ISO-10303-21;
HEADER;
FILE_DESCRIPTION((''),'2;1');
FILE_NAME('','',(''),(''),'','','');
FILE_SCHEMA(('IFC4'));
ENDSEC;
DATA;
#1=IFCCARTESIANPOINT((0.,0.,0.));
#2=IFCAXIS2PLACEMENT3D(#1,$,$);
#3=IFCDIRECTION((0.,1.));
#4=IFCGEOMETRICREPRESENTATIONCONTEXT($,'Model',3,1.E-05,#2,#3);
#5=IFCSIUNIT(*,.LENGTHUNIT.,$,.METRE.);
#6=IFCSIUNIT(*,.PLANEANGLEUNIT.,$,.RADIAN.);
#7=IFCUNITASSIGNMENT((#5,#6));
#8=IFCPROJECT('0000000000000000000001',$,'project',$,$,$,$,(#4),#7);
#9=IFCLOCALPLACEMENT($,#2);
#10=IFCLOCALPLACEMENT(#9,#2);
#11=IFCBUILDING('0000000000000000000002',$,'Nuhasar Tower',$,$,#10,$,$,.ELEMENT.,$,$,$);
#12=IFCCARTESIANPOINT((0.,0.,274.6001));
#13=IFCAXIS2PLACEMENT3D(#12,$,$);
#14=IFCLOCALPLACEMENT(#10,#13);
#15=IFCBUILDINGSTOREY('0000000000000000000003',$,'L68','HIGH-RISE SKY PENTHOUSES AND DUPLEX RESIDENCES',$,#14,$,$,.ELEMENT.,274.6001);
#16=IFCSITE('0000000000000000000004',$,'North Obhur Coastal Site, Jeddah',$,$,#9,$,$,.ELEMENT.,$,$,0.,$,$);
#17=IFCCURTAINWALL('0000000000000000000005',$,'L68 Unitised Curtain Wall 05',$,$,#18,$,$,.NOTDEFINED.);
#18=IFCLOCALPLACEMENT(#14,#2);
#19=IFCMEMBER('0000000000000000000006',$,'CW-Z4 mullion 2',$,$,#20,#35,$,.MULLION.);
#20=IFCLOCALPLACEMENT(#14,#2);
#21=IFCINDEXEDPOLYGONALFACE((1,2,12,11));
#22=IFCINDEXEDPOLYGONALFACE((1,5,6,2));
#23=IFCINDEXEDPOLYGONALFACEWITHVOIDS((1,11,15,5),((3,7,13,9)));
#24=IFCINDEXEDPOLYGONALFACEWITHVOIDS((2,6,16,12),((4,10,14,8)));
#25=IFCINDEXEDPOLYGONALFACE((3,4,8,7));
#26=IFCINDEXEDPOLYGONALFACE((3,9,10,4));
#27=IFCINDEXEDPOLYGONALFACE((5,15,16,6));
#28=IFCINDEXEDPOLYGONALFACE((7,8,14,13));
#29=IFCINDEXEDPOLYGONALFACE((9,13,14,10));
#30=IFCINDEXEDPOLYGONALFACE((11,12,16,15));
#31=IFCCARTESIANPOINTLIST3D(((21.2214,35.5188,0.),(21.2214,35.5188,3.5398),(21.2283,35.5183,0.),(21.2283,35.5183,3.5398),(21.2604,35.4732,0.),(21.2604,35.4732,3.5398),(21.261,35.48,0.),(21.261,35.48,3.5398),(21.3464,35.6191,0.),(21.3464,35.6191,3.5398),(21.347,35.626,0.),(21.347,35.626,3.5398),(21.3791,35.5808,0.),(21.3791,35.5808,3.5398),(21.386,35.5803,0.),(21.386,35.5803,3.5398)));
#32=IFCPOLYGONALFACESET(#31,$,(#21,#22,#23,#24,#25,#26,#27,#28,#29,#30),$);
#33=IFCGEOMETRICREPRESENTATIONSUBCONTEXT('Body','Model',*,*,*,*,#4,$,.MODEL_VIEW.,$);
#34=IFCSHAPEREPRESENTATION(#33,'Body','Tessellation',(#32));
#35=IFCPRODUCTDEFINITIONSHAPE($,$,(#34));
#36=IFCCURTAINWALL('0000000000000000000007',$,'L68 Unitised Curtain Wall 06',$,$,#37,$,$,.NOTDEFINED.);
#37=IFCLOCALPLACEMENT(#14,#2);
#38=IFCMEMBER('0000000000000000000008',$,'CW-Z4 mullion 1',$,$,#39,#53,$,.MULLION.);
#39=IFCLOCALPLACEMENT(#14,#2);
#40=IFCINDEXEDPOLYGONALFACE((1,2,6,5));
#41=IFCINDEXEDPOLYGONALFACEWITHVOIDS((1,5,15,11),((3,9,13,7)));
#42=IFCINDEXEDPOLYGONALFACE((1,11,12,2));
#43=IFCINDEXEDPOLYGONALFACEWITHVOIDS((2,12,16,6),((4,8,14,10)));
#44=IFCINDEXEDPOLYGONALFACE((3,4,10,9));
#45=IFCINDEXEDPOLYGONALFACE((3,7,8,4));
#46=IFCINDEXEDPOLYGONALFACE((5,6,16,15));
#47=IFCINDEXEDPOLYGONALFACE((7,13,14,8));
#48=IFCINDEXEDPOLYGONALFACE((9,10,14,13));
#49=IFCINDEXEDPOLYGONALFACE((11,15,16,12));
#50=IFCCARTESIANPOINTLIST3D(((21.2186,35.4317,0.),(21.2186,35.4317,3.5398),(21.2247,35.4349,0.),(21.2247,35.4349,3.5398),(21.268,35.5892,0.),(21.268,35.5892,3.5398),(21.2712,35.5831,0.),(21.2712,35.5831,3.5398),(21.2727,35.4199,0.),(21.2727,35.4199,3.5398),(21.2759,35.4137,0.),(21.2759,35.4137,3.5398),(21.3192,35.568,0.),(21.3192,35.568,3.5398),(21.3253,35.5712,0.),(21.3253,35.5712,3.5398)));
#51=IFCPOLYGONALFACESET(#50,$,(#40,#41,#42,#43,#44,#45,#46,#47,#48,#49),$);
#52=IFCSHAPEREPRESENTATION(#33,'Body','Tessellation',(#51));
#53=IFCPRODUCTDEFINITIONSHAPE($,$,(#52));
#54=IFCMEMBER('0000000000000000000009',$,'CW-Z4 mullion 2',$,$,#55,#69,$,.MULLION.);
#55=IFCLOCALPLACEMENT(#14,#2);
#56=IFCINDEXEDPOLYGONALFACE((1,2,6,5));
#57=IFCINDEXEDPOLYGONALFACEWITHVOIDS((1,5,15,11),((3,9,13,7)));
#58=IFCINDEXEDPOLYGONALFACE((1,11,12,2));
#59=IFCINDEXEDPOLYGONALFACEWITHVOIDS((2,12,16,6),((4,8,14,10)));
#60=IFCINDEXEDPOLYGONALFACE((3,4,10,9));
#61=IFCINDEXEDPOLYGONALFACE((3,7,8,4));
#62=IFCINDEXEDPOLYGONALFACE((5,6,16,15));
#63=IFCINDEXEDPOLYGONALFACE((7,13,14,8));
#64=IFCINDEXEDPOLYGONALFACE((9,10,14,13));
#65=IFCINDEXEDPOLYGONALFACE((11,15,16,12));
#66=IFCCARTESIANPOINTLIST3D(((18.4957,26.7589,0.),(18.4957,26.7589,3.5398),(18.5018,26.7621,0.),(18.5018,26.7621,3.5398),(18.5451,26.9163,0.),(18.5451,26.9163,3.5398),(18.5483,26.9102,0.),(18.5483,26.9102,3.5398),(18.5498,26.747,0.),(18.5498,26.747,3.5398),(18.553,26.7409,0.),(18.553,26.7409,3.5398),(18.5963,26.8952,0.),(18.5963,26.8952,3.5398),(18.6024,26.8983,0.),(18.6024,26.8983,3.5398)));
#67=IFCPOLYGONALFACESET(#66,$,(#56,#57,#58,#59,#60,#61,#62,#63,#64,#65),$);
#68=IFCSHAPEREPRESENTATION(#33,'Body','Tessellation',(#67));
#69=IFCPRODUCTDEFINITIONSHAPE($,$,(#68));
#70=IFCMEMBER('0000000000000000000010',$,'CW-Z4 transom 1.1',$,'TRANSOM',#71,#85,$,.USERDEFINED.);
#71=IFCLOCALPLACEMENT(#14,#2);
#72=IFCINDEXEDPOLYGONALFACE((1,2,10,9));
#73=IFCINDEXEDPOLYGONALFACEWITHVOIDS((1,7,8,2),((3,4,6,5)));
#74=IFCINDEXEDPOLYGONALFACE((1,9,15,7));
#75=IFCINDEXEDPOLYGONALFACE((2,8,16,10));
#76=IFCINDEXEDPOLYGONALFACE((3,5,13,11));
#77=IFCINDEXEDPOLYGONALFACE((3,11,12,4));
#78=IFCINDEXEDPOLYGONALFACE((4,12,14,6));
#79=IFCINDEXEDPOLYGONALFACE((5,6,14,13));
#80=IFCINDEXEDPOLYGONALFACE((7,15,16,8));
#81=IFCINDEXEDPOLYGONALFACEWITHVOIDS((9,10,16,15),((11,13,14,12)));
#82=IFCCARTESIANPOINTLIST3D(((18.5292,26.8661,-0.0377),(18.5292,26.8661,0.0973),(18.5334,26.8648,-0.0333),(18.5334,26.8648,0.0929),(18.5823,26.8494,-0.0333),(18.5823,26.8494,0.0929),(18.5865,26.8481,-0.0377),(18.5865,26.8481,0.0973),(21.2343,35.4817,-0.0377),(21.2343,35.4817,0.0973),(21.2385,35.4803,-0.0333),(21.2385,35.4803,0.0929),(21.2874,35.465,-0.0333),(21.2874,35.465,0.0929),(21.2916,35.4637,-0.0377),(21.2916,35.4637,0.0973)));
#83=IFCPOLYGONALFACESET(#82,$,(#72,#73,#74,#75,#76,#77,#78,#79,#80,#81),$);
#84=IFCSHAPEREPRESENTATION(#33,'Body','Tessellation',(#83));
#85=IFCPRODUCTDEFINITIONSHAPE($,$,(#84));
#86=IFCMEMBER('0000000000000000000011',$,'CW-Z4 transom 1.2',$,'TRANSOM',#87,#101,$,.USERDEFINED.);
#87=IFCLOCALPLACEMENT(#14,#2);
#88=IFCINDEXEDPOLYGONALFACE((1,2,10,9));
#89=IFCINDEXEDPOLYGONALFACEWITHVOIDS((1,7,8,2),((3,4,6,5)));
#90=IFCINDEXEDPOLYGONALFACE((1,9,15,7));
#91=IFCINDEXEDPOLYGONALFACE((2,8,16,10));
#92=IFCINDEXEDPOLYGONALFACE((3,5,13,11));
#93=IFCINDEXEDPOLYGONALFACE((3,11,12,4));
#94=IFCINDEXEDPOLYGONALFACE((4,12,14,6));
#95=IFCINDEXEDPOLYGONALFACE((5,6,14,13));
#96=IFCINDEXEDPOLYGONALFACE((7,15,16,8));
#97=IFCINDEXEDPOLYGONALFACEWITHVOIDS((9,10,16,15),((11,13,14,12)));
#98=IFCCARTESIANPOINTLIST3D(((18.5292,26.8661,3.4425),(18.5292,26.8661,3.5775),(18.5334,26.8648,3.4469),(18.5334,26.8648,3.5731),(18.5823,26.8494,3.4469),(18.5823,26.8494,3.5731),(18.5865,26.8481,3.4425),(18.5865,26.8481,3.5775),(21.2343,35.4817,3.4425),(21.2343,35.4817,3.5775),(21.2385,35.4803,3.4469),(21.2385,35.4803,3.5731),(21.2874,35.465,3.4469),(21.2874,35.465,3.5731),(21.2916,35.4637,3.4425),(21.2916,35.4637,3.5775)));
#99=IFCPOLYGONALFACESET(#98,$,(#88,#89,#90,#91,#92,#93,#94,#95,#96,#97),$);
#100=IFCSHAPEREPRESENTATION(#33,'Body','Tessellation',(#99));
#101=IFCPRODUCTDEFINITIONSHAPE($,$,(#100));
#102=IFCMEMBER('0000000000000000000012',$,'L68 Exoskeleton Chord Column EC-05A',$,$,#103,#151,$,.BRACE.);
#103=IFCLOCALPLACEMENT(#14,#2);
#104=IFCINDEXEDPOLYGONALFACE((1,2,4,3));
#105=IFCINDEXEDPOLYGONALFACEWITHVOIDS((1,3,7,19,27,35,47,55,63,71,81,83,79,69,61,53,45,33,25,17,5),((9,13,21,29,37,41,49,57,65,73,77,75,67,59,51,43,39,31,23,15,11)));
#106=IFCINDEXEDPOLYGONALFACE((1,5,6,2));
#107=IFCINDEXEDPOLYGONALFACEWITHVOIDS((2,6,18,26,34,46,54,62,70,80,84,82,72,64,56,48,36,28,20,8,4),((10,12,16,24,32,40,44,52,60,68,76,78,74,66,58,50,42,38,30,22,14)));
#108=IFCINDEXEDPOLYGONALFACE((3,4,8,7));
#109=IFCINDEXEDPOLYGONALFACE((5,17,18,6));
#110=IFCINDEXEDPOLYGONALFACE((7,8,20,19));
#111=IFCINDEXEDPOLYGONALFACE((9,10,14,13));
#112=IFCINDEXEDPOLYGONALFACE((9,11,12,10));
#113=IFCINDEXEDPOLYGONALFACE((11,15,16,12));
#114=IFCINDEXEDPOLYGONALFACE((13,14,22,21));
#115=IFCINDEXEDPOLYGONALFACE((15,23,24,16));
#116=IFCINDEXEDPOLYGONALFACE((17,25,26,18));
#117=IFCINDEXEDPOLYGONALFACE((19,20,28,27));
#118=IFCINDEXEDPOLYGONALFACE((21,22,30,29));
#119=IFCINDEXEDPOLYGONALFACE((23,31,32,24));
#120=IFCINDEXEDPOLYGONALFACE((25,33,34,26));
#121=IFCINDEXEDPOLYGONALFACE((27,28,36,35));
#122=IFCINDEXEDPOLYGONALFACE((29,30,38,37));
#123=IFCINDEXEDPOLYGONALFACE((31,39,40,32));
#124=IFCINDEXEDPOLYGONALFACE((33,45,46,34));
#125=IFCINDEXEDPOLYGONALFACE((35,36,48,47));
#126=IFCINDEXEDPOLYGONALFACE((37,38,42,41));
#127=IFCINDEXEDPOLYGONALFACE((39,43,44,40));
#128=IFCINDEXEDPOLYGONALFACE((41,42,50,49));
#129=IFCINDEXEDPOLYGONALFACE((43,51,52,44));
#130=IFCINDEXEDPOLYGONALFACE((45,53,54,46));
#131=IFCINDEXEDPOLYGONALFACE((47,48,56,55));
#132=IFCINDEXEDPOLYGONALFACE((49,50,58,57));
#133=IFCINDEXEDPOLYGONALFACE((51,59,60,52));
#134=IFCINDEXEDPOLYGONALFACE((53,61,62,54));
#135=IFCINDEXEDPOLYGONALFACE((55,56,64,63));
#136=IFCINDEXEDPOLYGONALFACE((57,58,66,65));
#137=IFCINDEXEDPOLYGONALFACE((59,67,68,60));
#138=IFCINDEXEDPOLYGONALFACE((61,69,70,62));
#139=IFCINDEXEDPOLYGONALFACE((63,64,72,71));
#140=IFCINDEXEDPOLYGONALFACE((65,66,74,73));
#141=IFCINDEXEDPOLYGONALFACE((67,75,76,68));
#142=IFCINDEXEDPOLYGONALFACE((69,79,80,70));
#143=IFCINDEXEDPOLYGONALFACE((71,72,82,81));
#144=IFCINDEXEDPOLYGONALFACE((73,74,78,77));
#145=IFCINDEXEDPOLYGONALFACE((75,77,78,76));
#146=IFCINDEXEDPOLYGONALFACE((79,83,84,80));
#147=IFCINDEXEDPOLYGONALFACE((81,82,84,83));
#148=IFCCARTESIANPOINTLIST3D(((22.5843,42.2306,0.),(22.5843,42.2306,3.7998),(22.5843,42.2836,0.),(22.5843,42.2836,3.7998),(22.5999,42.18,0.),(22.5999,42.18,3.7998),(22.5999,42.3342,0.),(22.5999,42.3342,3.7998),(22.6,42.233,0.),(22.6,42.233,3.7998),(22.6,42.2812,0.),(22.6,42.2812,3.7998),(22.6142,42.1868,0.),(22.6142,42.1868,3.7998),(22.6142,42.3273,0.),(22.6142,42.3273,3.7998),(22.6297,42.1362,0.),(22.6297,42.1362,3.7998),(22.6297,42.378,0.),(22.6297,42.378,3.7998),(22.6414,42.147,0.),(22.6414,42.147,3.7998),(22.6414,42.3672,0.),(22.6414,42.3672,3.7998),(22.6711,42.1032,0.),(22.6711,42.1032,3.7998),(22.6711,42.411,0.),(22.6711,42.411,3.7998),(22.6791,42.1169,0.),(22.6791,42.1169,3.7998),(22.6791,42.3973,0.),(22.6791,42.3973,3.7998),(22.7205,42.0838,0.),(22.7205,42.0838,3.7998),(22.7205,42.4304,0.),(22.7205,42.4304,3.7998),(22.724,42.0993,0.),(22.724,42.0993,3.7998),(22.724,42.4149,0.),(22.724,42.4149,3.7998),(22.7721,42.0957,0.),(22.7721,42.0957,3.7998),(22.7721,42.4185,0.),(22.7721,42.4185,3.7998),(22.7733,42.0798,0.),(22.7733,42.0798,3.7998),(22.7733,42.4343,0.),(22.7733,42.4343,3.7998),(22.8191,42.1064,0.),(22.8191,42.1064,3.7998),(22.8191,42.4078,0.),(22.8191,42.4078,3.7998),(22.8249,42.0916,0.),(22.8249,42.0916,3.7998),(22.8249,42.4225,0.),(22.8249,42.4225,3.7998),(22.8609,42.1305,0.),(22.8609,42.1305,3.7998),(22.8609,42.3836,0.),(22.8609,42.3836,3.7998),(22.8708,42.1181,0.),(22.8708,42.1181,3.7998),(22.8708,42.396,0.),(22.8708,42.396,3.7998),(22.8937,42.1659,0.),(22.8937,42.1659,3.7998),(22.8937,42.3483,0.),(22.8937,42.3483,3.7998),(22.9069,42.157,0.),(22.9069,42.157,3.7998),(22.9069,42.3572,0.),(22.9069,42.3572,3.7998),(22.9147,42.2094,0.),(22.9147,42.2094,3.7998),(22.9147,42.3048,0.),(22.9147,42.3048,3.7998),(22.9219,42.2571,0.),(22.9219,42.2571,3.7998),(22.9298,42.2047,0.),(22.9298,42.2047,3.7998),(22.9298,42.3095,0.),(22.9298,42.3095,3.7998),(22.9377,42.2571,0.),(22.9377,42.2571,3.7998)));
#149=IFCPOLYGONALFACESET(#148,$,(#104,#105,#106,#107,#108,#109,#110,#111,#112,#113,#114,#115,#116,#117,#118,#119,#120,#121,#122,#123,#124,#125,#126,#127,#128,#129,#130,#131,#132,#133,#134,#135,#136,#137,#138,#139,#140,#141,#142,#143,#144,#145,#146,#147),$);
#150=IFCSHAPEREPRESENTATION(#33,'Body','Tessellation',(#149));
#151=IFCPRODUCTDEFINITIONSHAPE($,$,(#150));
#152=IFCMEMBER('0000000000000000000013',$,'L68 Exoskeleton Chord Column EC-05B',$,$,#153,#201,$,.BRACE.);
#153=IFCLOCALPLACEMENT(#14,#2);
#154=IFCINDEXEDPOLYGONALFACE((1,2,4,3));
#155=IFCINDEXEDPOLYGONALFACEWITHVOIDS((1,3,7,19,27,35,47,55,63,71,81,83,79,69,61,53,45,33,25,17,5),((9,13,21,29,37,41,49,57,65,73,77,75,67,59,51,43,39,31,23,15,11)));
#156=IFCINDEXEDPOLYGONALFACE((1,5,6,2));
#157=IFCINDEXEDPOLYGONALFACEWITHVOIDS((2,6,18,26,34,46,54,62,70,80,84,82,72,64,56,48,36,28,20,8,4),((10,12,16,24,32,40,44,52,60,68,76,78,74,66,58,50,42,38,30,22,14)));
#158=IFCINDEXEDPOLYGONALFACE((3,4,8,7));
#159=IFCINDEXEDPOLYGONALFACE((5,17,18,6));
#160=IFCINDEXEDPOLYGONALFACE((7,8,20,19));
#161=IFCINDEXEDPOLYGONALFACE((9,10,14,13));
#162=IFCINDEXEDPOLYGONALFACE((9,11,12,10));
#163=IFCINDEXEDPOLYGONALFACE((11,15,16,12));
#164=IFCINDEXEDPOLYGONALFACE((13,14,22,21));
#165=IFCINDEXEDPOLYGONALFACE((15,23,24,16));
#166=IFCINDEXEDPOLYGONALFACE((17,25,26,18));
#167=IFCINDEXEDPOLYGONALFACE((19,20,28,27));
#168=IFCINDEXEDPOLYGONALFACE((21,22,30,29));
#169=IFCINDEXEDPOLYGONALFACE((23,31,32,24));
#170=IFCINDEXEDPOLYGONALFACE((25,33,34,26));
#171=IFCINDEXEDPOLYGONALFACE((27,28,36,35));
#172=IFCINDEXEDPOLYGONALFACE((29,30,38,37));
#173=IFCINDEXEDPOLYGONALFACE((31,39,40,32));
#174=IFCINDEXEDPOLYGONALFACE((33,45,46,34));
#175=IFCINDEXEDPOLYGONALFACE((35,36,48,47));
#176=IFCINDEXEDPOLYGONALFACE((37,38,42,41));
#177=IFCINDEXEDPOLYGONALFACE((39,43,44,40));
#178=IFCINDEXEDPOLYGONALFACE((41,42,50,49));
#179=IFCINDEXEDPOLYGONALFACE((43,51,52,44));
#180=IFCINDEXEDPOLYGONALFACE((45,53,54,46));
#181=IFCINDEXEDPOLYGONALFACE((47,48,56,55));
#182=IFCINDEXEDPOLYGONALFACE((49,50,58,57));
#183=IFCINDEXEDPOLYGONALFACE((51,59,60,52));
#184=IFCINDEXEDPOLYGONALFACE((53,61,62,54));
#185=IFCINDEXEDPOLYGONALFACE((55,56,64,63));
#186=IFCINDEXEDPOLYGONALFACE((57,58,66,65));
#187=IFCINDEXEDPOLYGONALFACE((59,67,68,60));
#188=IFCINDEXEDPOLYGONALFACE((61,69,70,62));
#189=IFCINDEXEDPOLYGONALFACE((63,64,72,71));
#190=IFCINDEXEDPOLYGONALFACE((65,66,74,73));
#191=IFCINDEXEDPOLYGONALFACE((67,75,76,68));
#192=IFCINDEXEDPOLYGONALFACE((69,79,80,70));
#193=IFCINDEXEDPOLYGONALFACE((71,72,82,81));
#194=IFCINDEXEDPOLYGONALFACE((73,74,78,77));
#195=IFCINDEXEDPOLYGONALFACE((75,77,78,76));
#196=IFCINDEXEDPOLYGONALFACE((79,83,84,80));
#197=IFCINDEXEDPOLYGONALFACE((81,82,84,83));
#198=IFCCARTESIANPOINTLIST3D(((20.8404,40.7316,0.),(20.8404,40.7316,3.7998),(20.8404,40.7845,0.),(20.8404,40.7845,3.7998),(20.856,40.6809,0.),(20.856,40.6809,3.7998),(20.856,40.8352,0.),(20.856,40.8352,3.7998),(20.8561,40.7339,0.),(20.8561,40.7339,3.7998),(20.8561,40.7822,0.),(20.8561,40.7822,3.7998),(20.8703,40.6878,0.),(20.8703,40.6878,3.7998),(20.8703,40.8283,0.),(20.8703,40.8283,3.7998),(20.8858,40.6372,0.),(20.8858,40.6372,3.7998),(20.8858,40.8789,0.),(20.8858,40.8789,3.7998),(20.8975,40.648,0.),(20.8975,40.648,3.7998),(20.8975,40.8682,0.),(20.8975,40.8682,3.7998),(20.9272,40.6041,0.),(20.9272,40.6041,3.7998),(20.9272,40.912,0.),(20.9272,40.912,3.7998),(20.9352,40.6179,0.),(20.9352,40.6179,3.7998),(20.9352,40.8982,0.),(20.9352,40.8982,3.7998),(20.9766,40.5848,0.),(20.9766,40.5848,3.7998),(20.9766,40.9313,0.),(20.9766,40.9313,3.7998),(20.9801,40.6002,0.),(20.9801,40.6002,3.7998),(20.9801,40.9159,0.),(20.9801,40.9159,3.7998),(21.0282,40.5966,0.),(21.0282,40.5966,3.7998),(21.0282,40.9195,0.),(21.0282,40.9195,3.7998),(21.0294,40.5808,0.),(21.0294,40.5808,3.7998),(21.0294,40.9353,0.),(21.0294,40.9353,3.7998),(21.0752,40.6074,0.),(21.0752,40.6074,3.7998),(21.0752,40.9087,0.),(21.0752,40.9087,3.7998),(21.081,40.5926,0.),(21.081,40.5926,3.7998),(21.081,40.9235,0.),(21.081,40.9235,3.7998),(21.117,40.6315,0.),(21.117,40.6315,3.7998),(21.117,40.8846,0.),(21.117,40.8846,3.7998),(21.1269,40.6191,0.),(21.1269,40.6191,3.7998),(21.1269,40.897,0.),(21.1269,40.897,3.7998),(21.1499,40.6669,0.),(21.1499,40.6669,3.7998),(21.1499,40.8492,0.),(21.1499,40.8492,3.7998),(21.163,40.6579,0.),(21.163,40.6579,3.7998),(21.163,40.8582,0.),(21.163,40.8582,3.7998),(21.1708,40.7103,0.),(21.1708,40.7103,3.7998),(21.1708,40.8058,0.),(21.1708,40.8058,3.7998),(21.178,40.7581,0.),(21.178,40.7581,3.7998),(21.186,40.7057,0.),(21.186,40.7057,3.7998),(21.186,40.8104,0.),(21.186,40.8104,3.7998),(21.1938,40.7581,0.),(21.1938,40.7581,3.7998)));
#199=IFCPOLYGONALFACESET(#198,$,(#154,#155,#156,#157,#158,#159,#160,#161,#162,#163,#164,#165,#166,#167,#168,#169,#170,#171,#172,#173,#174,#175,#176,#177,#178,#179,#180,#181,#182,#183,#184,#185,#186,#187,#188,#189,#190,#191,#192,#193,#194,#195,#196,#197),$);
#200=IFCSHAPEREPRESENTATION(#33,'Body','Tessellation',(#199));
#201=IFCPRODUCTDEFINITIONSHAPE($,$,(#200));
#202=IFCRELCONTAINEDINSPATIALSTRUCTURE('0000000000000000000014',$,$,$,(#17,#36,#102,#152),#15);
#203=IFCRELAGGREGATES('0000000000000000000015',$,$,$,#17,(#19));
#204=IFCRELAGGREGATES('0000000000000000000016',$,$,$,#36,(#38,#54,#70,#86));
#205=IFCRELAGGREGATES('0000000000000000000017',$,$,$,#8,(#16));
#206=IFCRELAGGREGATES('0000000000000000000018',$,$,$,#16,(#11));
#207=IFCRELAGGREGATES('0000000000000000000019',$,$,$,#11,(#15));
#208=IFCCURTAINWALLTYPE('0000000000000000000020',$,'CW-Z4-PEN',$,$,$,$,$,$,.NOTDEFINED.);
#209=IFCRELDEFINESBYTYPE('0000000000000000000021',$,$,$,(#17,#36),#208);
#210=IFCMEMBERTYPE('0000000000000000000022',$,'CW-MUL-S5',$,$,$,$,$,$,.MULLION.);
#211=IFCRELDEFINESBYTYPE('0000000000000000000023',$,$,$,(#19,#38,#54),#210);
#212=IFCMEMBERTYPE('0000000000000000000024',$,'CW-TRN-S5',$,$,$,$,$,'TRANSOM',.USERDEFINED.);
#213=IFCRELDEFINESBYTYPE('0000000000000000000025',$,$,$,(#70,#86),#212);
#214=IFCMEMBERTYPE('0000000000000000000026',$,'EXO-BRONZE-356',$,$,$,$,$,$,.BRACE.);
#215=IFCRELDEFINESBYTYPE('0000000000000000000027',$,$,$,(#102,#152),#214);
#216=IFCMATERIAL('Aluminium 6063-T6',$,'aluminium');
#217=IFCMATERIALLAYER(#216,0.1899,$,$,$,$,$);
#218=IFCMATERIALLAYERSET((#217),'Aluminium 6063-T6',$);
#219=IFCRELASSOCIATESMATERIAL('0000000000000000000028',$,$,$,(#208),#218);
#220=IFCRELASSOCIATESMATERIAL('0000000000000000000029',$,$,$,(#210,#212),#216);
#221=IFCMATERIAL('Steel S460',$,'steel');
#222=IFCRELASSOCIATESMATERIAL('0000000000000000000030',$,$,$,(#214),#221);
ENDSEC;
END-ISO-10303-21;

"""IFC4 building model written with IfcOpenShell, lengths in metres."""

from ifc_helpers import new_model, si_unit, direction, frame, origin, origin_2d, place, context, subcontext, project, spatial, hollow_rectangle, hollow_circle, extrude, material, layer, layer_set, material_profile, profile_set, type_object, element, aggregate, save


model = new_model("IFC4")

# Units and contexts
model_context = context("Model", 3, precision=1e-05, world=origin(), true_north=direction((0.0, 1.0)))
body_context = subcontext(model_context, "Body", "Model", "MODEL_VIEW")
ifc_project = project(units=[si_unit("LENGTHUNIT", "METRE"), si_unit("PLANEANGLEUNIT", "RADIAN")], contexts=[model_context])

# Site, building, storey
site_placement = place(None, origin())
site = spatial("IfcSite", under=ifc_project, at=site_placement, Name="North Obhur Coastal Site, Jeddah", CompositionType="ELEMENT", RefElevation=0.0)
building_placement = place(site_placement, origin())
building = spatial("IfcBuilding", under=site, at=building_placement, Name="Nuhasar Tower", CompositionType="ELEMENT")
storey_placement = place(building_placement, frame((0.0, 0.0, 274.6001)))
storey = spatial("IfcBuildingStorey", under=building, at=storey_placement, Name="L68", Description="HIGH-RISE SKY PENTHOUSES AND DUPLEX RESIDENCES", CompositionType="ELEMENT", Elevation=274.6001)

# Curtain wall, member
ifc_material_1 = material(Name="Aluminium 6063-T6", Category="aluminium")
ifc_layer_1 = layer(ifc_material_1, 0.1899)
ifc_layer_set_1 = layer_set([ifc_layer_1], Name="Aluminium 6063-T6")
curtain_wall_type = type_object("IfcCurtainWallType", Name="CW-Z4-PEN", PredefinedType="NOTDEFINED", material=ifc_layer_set_1)
curtain_wall_1_placement = place(storey_placement, origin())
curtain_wall_1 = element("IfcCurtainWall", 1, at=curtain_wall_1_placement, inside=storey, type_object=curtain_wall_type, Name="L68 Unitised Curtain Wall 05", PredefinedType="NOTDEFINED")
ifc_material_profile_1 = material_profile(ifc_material_1, hollow_rectangle(XDim=0.0601, YDim=0.165, WallThickness=0.0049, at=origin_2d()), Name="CWM-5")
ifc_profile_set_1 = profile_set([ifc_material_profile_1], Name="Aluminium 6063-T6")
member_type_1 = type_object("IfcMemberType", Name="CW-MUL-S5", PredefinedType="MULLION", material=ifc_profile_set_1)
member_1_placement = place(storey_placement, frame((21.3037, 35.5496, 0.0), z_axis=(0.0, 0.0, 1.0), x_axis=(0.649142, -0.760667, 0.0)))
member_1 = element("IfcMember", 2, at=member_1_placement, type_object=member_type_1, Name="CW-Z4 mullion 2", PredefinedType="MULLION", context=body_context, shape_type="SweptSolid", body=[
    extrude(hollow_rectangle(XDim=0.0601, YDim=0.165, WallThickness=0.0049, at=origin_2d()), origin(), (0.0, 0.0, 1.0), 3.5398),
])

# Curtain wall, members
curtain_wall_2_placement = place(storey_placement, origin())
curtain_wall_2 = element("IfcCurtainWall", 3, at=curtain_wall_2_placement, inside=storey, type_object=curtain_wall_type, Name="L68 Unitised Curtain Wall 06", PredefinedType="NOTDEFINED")
member_2_placement = place(storey_placement, frame((21.272, 35.5015, 0.0), z_axis=(0.0, 0.0, 1.0), x_axis=(0.954079, -0.299557, 0.0)))
member_2 = element("IfcMember", 4, at=member_2_placement, type_object=member_type_1, Name="CW-Z4 mullion 1", PredefinedType="MULLION", context=body_context, shape_type="SweptSolid", body=[
    extrude(hollow_rectangle(XDim=0.0601, YDim=0.165, WallThickness=0.0049, at=origin_2d()), origin(), (0.0, 0.0, 1.0), 3.5398),
])
member_3_placement = place(storey_placement, frame((18.5491, 26.8286, 0.0), z_axis=(0.0, 0.0, 1.0), x_axis=(0.954079, -0.299557, 0.0)))
member_3 = element("IfcMember", 5, at=member_3_placement, type_object=member_type_1, Name="CW-Z4 mullion 2", PredefinedType="MULLION", context=body_context, shape_type="SweptSolid", body=[
    extrude(hollow_rectangle(XDim=0.0601, YDim=0.165, WallThickness=0.0049, at=origin_2d()), origin(), (0.0, 0.0, 1.0), 3.5398),
])
ifc_material_profile_2 = material_profile(ifc_material_1, hollow_rectangle(XDim=0.0601, YDim=0.135, WallThickness=0.0044, at=origin_2d()), Name="CWT-5")
ifc_profile_set_2 = profile_set([ifc_material_profile_2], Name="Aluminium 6063-T6")
member_type_2 = type_object("IfcMemberType", Name="CW-TRN-S5", ElementType="TRANSOM", PredefinedType="USERDEFINED", material=ifc_profile_set_2)
member_4_placement = place(storey_placement, frame((21.2629, 35.4727, 0.0298), z_axis=(-0.29956, -0.954077, 0.0), x_axis=(0.954077, -0.29956, 0.0)))
member_4 = element("IfcMember", 6, at=member_4_placement, type_object=member_type_2, Name="CW-Z4 transom 1.1", ObjectType="TRANSOM", PredefinedType="USERDEFINED", context=body_context, shape_type="SweptSolid", body=[
    extrude(hollow_rectangle(XDim=0.0601, YDim=0.135, WallThickness=0.0044, at=origin_2d()), origin(), (0.0, 0.0, 1.0), 9.0303),
])
member_5_placement = place(storey_placement, frame((21.2629, 35.4727, 3.51), z_axis=(-0.29956, -0.954077, 0.0), x_axis=(0.954077, -0.29956, 0.0)))
member_5 = element("IfcMember", 7, at=member_5_placement, type_object=member_type_2, Name="CW-Z4 transom 1.2", ObjectType="TRANSOM", PredefinedType="USERDEFINED", context=body_context, shape_type="SweptSolid", body=[
    extrude(hollow_rectangle(XDim=0.0601, YDim=0.135, WallThickness=0.0044, at=origin_2d()), origin(), (0.0, 0.0, 1.0), 9.0303),
])

# Members
ifc_material_2 = material(Name="Steel S460", Category="steel")
ifc_material_profile_3 = material_profile(ifc_material_2, hollow_circle(Radius=0.1777, WallThickness=0.0159, at=origin_2d()), Name="HSS355.6X15.9")
ifc_profile_set_3 = profile_set([ifc_material_profile_3], Name="Steel S460")
member_type_3 = type_object("IfcMemberType", Name="EXO-BRONZE-356", PredefinedType="BRACE", material=ifc_profile_set_3)
for number, where, z_axis, x_axis, name in (
    (8, (22.76, 42.2571, 0.0), (0.0, 0.0, 1.0), (1.0, 0.0, 0.0), "L68 Exoskeleton Chord Column EC-05A"),
    (9, (21.0161, 40.7581, 0.0), (0.0, 0.0, 1.0), (1.0, 0.0, 0.0), "L68 Exoskeleton Chord Column EC-05B"),
):
    element("IfcMember", number, at=place(storey_placement, frame(where, z_axis=z_axis, x_axis=x_axis)), inside=storey, type_object=member_type_3, Name=name, PredefinedType="BRACE", context=body_context, shape_type="SweptSolid", body=[
        extrude(hollow_circle(Radius=0.1777, WallThickness=0.0159, at=origin_2d()), origin(), (0.0, 0.0, 1.0), 3.7998),
    ])

aggregate(curtain_wall_1, [member_1])
aggregate(curtain_wall_2, [member_2, member_3, member_4, member_5])

save(model, "model.ifc")
